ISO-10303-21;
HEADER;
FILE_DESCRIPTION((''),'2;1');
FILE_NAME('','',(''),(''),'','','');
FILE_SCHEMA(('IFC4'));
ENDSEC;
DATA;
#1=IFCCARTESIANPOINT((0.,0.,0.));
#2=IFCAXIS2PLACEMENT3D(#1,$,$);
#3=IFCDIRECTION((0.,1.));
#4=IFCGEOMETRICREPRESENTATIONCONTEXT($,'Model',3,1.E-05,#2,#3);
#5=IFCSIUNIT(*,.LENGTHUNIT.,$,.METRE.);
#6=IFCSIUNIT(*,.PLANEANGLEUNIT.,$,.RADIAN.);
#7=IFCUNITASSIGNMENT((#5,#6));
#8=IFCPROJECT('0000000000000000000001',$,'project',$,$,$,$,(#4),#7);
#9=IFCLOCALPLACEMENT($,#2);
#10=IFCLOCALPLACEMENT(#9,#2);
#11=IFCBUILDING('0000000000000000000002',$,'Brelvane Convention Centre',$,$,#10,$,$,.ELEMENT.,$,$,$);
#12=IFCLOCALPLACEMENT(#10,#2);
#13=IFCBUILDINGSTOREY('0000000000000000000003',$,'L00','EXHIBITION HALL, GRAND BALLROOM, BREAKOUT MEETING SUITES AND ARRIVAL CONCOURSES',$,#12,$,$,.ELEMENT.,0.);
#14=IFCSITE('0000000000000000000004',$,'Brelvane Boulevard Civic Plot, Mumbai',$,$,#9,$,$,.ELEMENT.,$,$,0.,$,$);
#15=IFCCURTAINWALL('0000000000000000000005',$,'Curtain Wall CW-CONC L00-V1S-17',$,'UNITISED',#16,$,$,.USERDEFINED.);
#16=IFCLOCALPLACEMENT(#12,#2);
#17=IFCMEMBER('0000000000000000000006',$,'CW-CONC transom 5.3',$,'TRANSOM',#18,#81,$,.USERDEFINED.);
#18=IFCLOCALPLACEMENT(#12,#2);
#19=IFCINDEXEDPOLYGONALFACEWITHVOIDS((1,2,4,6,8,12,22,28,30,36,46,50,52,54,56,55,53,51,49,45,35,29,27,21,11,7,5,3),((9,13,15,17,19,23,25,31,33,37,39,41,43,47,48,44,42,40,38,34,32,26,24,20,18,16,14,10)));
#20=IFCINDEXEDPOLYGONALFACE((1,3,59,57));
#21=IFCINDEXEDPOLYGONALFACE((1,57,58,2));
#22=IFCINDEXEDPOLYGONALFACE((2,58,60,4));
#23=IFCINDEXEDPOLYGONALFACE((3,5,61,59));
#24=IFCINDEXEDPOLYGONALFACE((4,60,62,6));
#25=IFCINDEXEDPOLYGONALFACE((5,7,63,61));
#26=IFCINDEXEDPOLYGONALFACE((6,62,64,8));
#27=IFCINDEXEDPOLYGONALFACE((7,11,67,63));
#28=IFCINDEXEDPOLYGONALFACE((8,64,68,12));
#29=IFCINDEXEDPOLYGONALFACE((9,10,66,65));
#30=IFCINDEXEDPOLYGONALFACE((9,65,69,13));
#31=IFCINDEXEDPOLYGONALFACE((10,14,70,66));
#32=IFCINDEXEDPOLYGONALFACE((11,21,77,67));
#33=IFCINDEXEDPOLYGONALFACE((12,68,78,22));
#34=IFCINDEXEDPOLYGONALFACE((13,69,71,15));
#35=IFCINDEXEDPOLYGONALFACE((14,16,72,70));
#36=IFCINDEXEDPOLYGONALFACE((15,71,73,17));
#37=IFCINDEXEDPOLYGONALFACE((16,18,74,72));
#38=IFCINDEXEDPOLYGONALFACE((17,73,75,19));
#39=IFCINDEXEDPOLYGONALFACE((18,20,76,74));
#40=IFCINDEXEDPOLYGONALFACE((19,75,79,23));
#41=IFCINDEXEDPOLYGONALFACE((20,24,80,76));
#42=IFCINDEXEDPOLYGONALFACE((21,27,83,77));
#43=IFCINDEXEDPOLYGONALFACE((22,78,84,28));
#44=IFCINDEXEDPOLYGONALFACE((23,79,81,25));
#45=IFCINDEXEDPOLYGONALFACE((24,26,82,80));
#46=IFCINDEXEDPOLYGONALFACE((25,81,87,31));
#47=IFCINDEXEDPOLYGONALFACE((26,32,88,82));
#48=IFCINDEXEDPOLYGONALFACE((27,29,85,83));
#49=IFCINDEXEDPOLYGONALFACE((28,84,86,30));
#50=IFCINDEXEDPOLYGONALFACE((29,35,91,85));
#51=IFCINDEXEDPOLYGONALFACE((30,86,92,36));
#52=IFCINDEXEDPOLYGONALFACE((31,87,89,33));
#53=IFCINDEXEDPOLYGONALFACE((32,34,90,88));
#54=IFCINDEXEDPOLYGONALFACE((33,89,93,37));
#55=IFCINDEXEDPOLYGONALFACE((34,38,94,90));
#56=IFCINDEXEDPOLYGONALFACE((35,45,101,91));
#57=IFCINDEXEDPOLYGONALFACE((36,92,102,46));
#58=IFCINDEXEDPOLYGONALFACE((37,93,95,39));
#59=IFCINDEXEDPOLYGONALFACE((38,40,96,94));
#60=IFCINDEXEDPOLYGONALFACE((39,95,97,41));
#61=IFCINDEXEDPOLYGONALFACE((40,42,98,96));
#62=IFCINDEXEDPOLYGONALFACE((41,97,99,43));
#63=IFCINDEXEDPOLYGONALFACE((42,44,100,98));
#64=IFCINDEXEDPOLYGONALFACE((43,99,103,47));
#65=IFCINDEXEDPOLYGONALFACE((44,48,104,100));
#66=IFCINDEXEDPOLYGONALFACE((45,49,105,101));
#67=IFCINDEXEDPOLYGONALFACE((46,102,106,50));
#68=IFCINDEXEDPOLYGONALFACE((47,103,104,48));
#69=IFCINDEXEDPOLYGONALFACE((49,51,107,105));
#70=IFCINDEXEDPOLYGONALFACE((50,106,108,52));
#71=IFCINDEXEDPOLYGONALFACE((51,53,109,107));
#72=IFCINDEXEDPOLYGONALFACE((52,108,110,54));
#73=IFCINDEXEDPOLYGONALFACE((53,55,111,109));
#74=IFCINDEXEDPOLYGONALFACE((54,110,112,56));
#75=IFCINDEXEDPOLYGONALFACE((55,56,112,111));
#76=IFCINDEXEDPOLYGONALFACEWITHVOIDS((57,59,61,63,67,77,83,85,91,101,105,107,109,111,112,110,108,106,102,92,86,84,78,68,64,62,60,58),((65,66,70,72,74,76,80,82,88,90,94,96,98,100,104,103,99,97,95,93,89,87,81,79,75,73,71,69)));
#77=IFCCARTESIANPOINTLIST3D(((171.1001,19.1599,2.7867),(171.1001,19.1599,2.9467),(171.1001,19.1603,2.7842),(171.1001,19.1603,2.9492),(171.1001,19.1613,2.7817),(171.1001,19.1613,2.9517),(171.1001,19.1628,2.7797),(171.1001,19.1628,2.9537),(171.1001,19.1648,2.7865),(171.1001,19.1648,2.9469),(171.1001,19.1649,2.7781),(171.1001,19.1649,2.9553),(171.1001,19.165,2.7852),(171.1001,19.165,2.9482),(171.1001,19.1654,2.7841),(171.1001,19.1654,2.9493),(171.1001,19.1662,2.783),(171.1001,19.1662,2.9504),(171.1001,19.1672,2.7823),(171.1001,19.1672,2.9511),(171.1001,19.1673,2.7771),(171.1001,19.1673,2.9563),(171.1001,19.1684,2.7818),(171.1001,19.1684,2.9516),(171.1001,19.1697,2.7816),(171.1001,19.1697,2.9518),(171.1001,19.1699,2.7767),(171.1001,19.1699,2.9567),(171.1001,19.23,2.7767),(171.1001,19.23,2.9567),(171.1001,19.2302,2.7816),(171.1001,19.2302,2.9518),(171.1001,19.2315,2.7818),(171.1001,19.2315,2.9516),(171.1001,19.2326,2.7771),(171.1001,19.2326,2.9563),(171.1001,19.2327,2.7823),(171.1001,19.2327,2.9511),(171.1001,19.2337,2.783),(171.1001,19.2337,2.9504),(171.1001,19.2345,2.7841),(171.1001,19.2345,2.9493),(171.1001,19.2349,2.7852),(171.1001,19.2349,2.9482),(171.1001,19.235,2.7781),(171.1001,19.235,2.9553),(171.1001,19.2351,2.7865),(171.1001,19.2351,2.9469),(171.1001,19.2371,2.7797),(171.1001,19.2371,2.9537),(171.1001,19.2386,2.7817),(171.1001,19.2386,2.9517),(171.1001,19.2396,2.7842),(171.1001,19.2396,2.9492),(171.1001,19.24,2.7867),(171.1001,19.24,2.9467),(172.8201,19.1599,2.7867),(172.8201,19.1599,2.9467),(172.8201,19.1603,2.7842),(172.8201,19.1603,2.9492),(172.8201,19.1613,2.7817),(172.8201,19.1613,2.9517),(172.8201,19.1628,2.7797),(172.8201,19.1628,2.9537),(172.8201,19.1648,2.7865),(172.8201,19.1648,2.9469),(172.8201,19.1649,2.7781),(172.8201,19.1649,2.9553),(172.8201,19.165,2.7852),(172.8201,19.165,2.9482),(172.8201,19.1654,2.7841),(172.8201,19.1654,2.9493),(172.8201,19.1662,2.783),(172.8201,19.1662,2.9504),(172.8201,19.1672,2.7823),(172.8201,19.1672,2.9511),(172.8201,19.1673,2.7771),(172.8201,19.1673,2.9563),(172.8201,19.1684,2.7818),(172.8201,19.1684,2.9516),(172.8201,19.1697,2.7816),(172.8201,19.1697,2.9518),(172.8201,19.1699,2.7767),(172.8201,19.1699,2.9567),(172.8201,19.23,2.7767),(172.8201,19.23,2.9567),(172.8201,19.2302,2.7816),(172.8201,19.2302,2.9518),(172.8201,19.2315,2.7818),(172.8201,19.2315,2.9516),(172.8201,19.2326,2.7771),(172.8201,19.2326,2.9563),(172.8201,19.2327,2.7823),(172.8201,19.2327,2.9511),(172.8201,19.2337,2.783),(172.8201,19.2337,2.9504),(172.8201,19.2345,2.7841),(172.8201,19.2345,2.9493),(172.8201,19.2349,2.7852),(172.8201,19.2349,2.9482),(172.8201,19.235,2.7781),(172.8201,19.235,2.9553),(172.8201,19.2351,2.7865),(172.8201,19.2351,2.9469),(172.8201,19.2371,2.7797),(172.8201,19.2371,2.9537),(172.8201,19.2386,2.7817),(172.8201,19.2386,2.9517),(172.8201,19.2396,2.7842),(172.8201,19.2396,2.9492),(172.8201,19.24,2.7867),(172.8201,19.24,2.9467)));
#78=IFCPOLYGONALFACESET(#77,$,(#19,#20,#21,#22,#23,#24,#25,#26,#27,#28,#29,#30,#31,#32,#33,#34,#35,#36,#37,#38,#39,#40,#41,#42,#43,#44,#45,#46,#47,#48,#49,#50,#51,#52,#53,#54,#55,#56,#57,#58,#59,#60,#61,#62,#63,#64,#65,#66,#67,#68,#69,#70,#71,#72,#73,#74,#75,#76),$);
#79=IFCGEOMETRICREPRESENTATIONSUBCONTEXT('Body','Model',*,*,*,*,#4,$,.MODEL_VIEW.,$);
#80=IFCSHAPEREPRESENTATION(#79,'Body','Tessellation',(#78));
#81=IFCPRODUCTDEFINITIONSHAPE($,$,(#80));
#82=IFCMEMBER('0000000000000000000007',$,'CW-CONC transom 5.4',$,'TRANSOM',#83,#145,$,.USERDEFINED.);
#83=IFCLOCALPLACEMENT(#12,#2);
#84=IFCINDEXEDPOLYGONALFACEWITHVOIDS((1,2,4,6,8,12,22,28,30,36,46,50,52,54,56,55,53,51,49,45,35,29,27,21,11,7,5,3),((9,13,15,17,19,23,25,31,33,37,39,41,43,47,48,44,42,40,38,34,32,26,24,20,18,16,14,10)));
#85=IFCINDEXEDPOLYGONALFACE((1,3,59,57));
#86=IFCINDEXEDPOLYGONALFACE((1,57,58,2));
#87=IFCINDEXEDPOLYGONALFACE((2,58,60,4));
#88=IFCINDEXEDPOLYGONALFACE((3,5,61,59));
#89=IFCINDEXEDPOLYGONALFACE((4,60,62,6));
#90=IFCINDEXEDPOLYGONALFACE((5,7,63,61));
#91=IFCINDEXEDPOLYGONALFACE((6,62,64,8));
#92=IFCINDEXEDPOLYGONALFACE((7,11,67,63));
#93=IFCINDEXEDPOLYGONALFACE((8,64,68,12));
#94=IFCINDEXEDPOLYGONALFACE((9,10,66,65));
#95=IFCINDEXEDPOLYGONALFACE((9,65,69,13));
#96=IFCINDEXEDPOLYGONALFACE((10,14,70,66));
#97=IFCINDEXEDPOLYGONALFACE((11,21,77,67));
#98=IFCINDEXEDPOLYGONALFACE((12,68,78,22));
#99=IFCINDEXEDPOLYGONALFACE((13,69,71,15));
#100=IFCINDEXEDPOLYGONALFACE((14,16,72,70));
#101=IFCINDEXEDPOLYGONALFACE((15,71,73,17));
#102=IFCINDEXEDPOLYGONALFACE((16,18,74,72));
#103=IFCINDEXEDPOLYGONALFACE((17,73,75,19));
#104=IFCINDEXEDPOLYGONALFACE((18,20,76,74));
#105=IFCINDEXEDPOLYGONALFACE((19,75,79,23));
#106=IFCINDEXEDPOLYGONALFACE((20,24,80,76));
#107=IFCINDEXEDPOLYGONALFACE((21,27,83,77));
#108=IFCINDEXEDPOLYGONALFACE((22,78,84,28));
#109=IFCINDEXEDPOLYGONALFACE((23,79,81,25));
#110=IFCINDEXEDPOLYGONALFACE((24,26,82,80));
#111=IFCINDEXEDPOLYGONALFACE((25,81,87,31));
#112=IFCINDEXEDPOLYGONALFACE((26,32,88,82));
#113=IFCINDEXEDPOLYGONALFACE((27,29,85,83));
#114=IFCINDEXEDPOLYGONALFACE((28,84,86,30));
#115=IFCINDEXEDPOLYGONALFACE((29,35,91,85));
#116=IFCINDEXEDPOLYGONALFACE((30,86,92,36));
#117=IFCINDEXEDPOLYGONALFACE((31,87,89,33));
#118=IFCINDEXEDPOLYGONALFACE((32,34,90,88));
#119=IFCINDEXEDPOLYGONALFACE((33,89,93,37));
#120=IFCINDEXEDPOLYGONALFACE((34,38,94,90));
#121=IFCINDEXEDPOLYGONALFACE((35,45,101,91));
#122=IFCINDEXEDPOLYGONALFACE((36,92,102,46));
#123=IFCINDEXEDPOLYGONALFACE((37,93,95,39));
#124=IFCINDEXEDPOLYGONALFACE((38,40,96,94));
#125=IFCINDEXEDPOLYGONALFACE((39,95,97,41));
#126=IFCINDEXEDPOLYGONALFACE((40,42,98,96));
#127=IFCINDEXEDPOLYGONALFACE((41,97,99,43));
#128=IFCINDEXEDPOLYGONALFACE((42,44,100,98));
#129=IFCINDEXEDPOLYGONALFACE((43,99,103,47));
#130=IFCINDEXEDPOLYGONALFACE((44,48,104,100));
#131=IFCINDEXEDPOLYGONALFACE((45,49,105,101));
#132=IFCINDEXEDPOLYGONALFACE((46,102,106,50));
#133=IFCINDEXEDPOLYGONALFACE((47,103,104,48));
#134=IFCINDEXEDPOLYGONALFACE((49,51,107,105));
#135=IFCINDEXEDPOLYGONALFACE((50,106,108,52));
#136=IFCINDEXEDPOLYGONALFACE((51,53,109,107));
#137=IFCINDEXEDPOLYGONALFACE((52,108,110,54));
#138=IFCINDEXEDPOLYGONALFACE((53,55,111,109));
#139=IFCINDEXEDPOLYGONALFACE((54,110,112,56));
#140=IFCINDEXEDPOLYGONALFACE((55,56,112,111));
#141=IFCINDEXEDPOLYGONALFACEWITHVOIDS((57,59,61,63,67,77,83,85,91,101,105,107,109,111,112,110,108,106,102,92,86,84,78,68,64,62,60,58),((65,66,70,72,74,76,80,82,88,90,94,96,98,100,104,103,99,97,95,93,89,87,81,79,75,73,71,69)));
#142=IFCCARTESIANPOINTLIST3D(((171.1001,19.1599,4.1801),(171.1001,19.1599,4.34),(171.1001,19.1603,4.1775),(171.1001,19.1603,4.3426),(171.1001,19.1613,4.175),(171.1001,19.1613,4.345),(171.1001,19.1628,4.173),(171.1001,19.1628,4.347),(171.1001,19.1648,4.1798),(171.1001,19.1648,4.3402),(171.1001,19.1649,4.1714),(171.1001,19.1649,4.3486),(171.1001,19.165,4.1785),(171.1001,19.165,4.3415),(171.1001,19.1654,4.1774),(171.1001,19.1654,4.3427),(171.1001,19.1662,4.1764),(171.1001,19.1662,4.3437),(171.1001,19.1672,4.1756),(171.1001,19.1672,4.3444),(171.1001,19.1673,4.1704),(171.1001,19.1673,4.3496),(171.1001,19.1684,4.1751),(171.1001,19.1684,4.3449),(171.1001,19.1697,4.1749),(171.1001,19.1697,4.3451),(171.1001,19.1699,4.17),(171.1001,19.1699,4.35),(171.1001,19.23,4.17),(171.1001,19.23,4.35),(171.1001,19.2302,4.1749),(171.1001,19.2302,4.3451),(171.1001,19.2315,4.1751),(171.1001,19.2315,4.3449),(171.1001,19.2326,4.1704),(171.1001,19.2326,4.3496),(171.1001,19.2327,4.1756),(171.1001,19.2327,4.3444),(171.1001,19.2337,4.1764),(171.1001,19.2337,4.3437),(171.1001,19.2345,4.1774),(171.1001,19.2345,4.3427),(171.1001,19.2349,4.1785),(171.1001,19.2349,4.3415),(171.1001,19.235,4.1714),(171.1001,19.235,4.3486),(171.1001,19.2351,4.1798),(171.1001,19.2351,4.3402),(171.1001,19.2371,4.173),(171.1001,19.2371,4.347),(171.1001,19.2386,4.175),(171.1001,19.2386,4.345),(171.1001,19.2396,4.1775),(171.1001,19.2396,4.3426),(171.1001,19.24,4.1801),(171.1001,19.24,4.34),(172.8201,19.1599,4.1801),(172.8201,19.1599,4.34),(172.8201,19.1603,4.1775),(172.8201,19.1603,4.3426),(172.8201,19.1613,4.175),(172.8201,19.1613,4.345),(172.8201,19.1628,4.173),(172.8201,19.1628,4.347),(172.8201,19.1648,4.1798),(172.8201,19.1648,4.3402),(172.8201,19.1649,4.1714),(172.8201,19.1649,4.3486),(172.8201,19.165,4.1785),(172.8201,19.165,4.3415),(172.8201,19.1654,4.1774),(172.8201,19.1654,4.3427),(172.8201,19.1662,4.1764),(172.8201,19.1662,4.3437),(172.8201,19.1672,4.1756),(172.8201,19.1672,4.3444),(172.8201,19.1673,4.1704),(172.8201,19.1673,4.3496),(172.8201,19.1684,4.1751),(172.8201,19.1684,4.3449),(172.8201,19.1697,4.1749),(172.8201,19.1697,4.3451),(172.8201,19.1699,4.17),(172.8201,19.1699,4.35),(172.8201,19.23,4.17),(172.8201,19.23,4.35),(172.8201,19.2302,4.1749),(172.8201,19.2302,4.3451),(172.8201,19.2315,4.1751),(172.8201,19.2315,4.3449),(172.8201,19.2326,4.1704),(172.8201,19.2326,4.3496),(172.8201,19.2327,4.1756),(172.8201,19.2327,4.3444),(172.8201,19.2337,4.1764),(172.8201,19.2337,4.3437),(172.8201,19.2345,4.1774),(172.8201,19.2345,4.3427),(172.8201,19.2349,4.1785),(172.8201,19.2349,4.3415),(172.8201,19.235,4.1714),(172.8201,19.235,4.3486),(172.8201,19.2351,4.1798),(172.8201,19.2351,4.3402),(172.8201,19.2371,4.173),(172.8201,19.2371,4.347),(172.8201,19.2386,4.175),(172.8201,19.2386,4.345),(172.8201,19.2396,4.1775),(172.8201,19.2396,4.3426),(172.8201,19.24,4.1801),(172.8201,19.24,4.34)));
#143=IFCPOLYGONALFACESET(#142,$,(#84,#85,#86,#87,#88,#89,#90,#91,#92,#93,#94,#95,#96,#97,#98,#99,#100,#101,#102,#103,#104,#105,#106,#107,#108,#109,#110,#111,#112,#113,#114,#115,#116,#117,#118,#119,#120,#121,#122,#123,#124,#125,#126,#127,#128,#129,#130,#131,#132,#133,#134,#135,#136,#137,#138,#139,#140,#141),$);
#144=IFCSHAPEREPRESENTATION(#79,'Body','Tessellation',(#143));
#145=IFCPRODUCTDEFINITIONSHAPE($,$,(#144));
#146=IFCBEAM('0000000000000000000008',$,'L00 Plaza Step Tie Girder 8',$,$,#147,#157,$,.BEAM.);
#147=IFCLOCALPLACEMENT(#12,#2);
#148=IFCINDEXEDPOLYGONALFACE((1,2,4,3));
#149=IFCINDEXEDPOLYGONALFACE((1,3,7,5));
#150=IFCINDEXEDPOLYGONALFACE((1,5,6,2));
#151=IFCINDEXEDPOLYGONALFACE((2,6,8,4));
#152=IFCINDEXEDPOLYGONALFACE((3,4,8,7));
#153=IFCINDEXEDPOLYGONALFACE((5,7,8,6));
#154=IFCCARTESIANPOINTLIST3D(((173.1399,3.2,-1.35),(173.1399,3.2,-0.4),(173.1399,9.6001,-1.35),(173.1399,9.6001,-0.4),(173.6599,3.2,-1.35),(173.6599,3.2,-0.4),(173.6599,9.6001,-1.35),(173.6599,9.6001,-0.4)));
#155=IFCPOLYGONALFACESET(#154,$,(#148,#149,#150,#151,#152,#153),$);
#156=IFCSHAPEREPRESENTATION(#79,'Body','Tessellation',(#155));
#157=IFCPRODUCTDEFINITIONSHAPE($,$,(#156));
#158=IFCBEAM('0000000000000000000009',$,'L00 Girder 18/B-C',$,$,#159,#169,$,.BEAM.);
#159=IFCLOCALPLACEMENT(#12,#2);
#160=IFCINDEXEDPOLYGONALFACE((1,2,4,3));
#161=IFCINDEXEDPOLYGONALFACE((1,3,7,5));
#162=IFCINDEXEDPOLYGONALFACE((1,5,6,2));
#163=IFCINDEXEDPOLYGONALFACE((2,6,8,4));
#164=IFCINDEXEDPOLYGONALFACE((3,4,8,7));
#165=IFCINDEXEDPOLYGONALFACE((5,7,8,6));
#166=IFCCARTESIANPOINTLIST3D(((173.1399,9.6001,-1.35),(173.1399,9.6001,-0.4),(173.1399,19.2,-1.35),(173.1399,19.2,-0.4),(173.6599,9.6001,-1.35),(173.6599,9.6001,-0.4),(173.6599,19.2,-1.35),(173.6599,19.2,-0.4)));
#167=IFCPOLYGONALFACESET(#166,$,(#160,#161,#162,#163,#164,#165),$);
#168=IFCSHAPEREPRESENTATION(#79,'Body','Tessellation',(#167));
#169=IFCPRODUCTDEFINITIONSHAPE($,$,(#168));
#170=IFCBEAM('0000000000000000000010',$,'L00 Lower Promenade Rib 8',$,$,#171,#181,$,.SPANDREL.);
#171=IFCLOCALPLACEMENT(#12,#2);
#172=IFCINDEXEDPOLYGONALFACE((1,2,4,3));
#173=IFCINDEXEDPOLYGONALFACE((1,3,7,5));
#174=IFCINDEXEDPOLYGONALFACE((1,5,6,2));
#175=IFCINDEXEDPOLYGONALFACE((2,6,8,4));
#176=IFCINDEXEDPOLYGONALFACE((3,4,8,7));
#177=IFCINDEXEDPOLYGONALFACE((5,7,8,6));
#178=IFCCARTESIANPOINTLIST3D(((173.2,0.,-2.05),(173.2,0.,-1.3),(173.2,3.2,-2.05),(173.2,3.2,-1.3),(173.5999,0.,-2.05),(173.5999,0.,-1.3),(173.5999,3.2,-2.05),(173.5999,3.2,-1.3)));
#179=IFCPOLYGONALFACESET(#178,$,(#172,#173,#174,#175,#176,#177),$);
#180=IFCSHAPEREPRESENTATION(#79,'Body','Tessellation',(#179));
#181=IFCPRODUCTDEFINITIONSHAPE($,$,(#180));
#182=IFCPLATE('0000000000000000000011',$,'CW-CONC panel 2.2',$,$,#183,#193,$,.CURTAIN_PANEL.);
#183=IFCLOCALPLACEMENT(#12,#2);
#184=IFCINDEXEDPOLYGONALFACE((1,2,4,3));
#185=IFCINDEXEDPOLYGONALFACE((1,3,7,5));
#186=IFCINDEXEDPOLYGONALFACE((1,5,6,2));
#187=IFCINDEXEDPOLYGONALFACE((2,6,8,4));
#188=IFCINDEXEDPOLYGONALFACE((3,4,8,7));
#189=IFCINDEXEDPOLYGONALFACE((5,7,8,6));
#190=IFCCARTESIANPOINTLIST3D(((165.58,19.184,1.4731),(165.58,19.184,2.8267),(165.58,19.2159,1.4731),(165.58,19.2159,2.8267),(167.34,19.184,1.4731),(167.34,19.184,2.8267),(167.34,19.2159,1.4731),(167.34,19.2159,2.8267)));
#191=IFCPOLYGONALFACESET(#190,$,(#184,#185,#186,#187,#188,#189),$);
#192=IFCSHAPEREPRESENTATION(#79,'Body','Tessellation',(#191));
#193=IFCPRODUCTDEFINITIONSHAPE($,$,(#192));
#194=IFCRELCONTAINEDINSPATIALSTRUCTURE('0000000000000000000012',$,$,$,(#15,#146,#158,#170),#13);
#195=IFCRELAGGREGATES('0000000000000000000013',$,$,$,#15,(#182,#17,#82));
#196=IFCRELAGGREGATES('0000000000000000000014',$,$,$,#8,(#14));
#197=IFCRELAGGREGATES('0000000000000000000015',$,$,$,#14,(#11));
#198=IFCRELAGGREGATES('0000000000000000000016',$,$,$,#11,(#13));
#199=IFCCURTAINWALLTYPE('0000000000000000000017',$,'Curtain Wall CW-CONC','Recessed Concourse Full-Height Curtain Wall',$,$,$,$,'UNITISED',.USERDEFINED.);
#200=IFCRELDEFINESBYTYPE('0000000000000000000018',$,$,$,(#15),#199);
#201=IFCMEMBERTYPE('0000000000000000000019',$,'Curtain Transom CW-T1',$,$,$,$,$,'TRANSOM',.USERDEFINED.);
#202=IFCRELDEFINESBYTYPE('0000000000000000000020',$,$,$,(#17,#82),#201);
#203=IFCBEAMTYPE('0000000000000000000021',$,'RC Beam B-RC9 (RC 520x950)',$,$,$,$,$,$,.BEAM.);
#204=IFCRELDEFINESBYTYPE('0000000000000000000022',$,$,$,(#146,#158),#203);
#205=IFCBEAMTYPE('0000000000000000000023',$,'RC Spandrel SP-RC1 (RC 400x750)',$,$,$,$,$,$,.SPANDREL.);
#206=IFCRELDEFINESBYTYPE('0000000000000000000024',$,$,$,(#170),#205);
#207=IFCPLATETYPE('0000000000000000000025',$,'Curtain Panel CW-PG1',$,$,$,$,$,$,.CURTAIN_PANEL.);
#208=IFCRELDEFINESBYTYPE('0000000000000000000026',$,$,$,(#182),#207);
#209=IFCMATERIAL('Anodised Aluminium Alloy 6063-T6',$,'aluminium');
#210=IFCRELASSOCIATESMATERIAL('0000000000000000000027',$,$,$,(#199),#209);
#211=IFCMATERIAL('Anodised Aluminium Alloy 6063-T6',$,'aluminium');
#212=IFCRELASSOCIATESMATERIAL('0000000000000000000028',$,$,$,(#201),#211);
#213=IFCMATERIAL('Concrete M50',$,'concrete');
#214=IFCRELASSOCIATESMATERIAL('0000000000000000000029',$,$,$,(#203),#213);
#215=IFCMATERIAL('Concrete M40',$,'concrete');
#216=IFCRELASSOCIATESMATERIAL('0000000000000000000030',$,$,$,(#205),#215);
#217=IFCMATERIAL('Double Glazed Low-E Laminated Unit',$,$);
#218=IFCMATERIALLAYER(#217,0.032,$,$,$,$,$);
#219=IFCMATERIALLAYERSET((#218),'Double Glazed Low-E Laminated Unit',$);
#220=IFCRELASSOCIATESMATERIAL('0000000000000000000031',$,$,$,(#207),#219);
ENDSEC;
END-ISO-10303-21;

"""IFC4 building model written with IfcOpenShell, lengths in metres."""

from ifc_helpers import new_model, si_unit, direction, frame, origin, origin_2d, place, context, subcontext, project, spatial, rectangle, hollow_rectangle, extrude, material, layer, layer_set, material_profile, profile_set, type_object, element, aggregate, save


model = new_model("IFC4")

# Units and contexts
model_context = context("Model", 3, precision=1e-05, world=origin(), true_north=direction((0.0, 1.0)))
body_context = subcontext(model_context, "Body", "Model", "MODEL_VIEW")
ifc_project = project(units=[si_unit("LENGTHUNIT", "METRE"), si_unit("PLANEANGLEUNIT", "RADIAN")], contexts=[model_context])

# Site, building, storey
site_placement = place(None, origin())
site = spatial("IfcSite", under=ifc_project, at=site_placement, Name="Brelvane Boulevard Civic Plot, Mumbai", CompositionType="ELEMENT", RefElevation=0.0)
building_placement = place(site_placement, origin())
building = spatial("IfcBuilding", under=site, at=building_placement, Name="Brelvane Convention Centre", CompositionType="ELEMENT")
storey_placement = place(building_placement, origin())
storey = spatial("IfcBuildingStorey", under=building, at=storey_placement, Name="L00", Description="EXHIBITION HALL, GRAND BALLROOM, BREAKOUT MEETING SUITES AND ARRIVAL CONCOURSES", CompositionType="ELEMENT", Elevation=0.0)

# Curtain wall, members
ifc_material_1 = material(Name="Anodised Aluminium Alloy 6063-T6", Category="aluminium")
curtain_wall_type = type_object("IfcCurtainWallType", Name="Curtain Wall CW-CONC", Description="Recessed Concourse Full-Height Curtain Wall", ElementType="UNITISED", PredefinedType="USERDEFINED", material=ifc_material_1)
curtain_wall_placement = place(storey_placement, origin())
curtain_wall = element("IfcCurtainWall", 1, at=curtain_wall_placement, inside=storey, type_object=curtain_wall_type, Name="Curtain Wall CW-CONC L00-V1S-17", ObjectType="UNITISED", PredefinedType="USERDEFINED")
ifc_material_2 = material(Name="Anodised Aluminium Alloy 6063-T6", Category="aluminium")
ifc_material_profile_1 = material_profile(ifc_material_2, hollow_rectangle(XDim=0.0801, YDim=0.1799, WallThickness=0.0049, InnerFilletRadius=0.0049, OuterFilletRadius=0.01, at=origin_2d()), Name="ALU-T 180x80x5.0")
ifc_profile_set_1 = profile_set([ifc_material_profile_1], Name="Anodised Aluminium Alloy 6063-T6")
member_type_1 = type_object("IfcMemberType", Name="Curtain Transom CW-T1", ElementType="TRANSOM", PredefinedType="USERDEFINED", material=ifc_profile_set_1)
member_1_placement = place(storey_placement, frame((171.1001, 19.2, 2.8667), z_axis=(1.0, 0.0, 0.0), x_axis=(0.0, 1.0, 0.0)))
member_1 = element("IfcMember", 2, at=member_1_placement, type_object=member_type_1, Name="CW-CONC transom 5.3", ObjectType="TRANSOM", PredefinedType="USERDEFINED", context=body_context, shape_type="SweptSolid", body=[
    extrude(hollow_rectangle(XDim=0.0801, YDim=0.1799, WallThickness=0.0049, InnerFilletRadius=0.0049, OuterFilletRadius=0.01, at=origin_2d()), origin(), (0.0, 0.0, 1.0), 1.72),
])
member_2_placement = place(storey_placement, frame((171.1001, 19.2, 4.26), z_axis=(1.0, 0.0, 0.0), x_axis=(0.0, 1.0, 0.0)))
member_2 = element("IfcMember", 3, at=member_2_placement, type_object=member_type_1, Name="CW-CONC transom 5.4", ObjectType="TRANSOM", PredefinedType="USERDEFINED", context=body_context, shape_type="SweptSolid", body=[
    extrude(hollow_rectangle(XDim=0.0801, YDim=0.1799, WallThickness=0.0049, InnerFilletRadius=0.0049, OuterFilletRadius=0.01, at=origin_2d()), origin(), (0.0, 0.0, 1.0), 1.72),
])

# Beams
ifc_material_3 = material(Name="Concrete M50", Category="concrete")
ifc_material_profile_2 = material_profile(ifc_material_3, rectangle(XDim=0.52, YDim=0.95, at=origin_2d()), Name="RC 520x950")
ifc_profile_set_2 = profile_set([ifc_material_profile_2], Name="Concrete M50")
beam_type_1 = type_object("IfcBeamType", Name="RC Beam B-RC9 (RC 520x950)", PredefinedType="BEAM", material=ifc_profile_set_2)
beam_1_placement = place(storey_placement, frame((173.3999, 3.2, -0.875), z_axis=(0.0, 1.0, 0.0), x_axis=(-1.0, 0.0, 0.0)))
element("IfcBeam", 4, at=beam_1_placement, inside=storey, type_object=beam_type_1, Name="L00 Plaza Step Tie Girder 8", PredefinedType="BEAM", context=body_context, shape_type="SweptSolid", body=[
    extrude(rectangle(XDim=0.52, YDim=0.95, at=origin_2d()), origin(), (0.0, 0.0, 1.0), 6.4001),
])
beam_2_placement = place(storey_placement, frame((173.3999, 9.6001, -0.875), z_axis=(0.0, 1.0, 0.0), x_axis=(-1.0, 0.0, 0.0)))
element("IfcBeam", 5, at=beam_2_placement, inside=storey, type_object=beam_type_1, Name="L00 Girder 18/B-C", PredefinedType="BEAM", context=body_context, shape_type="SweptSolid", body=[
    extrude(rectangle(XDim=0.52, YDim=0.95, at=origin_2d()), origin(), (0.0, 0.0, 1.0), 9.5999),
])
ifc_material_4 = material(Name="Concrete M40", Category="concrete")
ifc_material_profile_3 = material_profile(ifc_material_4, rectangle(XDim=0.3999, YDim=0.75, at=origin_2d()), Name="RC 400x750")
ifc_profile_set_3 = profile_set([ifc_material_profile_3], Name="Concrete M40")
beam_type_2 = type_object("IfcBeamType", Name="RC Spandrel SP-RC1 (RC 400x750)", PredefinedType="SPANDREL", material=ifc_profile_set_3)
beam_3_placement = place(storey_placement, frame((173.3999, 0.0, -1.675), z_axis=(0.0, 1.0, 0.0), x_axis=(-1.0, 0.0, 0.0)))
element("IfcBeam", 6, at=beam_3_placement, inside=storey, type_object=beam_type_2, Name="L00 Lower Promenade Rib 8", PredefinedType="SPANDREL", context=body_context, shape_type="SweptSolid", body=[
    extrude(rectangle(XDim=0.3999, YDim=0.75, at=origin_2d()), origin(), (0.0, 0.0, 1.0), 3.2),
])

# Plate
ifc_material_5 = material(Name="Double Glazed Low-E Laminated Unit")
ifc_layer_1 = layer(ifc_material_5, 0.032)
ifc_layer_set_1 = layer_set([ifc_layer_1], Name="Double Glazed Low-E Laminated Unit")
plate_type = type_object("IfcPlateType", Name="Curtain Panel CW-PG1", PredefinedType="CURTAIN_PANEL", material=ifc_layer_set_1)
plate_1_placement = place(storey_placement, frame((166.46, 19.2, 1.4731), z_axis=(0.0, 0.0, 1.0), x_axis=(1.0, 0.0, 0.0)))
plate_1 = element("IfcPlate", 7, at=plate_1_placement, type_object=plate_type, Name="CW-CONC panel 2.2", PredefinedType="CURTAIN_PANEL", context=body_context, shape_type="SweptSolid", body=[
    extrude(rectangle(XDim=1.76, YDim=0.032, at=origin_2d()), origin(), (0.0, 0.0, 1.0), 1.3535),
])
aggregate(curtain_wall, [plate_1, member_1, member_2])

save(model, "model.ifc")
